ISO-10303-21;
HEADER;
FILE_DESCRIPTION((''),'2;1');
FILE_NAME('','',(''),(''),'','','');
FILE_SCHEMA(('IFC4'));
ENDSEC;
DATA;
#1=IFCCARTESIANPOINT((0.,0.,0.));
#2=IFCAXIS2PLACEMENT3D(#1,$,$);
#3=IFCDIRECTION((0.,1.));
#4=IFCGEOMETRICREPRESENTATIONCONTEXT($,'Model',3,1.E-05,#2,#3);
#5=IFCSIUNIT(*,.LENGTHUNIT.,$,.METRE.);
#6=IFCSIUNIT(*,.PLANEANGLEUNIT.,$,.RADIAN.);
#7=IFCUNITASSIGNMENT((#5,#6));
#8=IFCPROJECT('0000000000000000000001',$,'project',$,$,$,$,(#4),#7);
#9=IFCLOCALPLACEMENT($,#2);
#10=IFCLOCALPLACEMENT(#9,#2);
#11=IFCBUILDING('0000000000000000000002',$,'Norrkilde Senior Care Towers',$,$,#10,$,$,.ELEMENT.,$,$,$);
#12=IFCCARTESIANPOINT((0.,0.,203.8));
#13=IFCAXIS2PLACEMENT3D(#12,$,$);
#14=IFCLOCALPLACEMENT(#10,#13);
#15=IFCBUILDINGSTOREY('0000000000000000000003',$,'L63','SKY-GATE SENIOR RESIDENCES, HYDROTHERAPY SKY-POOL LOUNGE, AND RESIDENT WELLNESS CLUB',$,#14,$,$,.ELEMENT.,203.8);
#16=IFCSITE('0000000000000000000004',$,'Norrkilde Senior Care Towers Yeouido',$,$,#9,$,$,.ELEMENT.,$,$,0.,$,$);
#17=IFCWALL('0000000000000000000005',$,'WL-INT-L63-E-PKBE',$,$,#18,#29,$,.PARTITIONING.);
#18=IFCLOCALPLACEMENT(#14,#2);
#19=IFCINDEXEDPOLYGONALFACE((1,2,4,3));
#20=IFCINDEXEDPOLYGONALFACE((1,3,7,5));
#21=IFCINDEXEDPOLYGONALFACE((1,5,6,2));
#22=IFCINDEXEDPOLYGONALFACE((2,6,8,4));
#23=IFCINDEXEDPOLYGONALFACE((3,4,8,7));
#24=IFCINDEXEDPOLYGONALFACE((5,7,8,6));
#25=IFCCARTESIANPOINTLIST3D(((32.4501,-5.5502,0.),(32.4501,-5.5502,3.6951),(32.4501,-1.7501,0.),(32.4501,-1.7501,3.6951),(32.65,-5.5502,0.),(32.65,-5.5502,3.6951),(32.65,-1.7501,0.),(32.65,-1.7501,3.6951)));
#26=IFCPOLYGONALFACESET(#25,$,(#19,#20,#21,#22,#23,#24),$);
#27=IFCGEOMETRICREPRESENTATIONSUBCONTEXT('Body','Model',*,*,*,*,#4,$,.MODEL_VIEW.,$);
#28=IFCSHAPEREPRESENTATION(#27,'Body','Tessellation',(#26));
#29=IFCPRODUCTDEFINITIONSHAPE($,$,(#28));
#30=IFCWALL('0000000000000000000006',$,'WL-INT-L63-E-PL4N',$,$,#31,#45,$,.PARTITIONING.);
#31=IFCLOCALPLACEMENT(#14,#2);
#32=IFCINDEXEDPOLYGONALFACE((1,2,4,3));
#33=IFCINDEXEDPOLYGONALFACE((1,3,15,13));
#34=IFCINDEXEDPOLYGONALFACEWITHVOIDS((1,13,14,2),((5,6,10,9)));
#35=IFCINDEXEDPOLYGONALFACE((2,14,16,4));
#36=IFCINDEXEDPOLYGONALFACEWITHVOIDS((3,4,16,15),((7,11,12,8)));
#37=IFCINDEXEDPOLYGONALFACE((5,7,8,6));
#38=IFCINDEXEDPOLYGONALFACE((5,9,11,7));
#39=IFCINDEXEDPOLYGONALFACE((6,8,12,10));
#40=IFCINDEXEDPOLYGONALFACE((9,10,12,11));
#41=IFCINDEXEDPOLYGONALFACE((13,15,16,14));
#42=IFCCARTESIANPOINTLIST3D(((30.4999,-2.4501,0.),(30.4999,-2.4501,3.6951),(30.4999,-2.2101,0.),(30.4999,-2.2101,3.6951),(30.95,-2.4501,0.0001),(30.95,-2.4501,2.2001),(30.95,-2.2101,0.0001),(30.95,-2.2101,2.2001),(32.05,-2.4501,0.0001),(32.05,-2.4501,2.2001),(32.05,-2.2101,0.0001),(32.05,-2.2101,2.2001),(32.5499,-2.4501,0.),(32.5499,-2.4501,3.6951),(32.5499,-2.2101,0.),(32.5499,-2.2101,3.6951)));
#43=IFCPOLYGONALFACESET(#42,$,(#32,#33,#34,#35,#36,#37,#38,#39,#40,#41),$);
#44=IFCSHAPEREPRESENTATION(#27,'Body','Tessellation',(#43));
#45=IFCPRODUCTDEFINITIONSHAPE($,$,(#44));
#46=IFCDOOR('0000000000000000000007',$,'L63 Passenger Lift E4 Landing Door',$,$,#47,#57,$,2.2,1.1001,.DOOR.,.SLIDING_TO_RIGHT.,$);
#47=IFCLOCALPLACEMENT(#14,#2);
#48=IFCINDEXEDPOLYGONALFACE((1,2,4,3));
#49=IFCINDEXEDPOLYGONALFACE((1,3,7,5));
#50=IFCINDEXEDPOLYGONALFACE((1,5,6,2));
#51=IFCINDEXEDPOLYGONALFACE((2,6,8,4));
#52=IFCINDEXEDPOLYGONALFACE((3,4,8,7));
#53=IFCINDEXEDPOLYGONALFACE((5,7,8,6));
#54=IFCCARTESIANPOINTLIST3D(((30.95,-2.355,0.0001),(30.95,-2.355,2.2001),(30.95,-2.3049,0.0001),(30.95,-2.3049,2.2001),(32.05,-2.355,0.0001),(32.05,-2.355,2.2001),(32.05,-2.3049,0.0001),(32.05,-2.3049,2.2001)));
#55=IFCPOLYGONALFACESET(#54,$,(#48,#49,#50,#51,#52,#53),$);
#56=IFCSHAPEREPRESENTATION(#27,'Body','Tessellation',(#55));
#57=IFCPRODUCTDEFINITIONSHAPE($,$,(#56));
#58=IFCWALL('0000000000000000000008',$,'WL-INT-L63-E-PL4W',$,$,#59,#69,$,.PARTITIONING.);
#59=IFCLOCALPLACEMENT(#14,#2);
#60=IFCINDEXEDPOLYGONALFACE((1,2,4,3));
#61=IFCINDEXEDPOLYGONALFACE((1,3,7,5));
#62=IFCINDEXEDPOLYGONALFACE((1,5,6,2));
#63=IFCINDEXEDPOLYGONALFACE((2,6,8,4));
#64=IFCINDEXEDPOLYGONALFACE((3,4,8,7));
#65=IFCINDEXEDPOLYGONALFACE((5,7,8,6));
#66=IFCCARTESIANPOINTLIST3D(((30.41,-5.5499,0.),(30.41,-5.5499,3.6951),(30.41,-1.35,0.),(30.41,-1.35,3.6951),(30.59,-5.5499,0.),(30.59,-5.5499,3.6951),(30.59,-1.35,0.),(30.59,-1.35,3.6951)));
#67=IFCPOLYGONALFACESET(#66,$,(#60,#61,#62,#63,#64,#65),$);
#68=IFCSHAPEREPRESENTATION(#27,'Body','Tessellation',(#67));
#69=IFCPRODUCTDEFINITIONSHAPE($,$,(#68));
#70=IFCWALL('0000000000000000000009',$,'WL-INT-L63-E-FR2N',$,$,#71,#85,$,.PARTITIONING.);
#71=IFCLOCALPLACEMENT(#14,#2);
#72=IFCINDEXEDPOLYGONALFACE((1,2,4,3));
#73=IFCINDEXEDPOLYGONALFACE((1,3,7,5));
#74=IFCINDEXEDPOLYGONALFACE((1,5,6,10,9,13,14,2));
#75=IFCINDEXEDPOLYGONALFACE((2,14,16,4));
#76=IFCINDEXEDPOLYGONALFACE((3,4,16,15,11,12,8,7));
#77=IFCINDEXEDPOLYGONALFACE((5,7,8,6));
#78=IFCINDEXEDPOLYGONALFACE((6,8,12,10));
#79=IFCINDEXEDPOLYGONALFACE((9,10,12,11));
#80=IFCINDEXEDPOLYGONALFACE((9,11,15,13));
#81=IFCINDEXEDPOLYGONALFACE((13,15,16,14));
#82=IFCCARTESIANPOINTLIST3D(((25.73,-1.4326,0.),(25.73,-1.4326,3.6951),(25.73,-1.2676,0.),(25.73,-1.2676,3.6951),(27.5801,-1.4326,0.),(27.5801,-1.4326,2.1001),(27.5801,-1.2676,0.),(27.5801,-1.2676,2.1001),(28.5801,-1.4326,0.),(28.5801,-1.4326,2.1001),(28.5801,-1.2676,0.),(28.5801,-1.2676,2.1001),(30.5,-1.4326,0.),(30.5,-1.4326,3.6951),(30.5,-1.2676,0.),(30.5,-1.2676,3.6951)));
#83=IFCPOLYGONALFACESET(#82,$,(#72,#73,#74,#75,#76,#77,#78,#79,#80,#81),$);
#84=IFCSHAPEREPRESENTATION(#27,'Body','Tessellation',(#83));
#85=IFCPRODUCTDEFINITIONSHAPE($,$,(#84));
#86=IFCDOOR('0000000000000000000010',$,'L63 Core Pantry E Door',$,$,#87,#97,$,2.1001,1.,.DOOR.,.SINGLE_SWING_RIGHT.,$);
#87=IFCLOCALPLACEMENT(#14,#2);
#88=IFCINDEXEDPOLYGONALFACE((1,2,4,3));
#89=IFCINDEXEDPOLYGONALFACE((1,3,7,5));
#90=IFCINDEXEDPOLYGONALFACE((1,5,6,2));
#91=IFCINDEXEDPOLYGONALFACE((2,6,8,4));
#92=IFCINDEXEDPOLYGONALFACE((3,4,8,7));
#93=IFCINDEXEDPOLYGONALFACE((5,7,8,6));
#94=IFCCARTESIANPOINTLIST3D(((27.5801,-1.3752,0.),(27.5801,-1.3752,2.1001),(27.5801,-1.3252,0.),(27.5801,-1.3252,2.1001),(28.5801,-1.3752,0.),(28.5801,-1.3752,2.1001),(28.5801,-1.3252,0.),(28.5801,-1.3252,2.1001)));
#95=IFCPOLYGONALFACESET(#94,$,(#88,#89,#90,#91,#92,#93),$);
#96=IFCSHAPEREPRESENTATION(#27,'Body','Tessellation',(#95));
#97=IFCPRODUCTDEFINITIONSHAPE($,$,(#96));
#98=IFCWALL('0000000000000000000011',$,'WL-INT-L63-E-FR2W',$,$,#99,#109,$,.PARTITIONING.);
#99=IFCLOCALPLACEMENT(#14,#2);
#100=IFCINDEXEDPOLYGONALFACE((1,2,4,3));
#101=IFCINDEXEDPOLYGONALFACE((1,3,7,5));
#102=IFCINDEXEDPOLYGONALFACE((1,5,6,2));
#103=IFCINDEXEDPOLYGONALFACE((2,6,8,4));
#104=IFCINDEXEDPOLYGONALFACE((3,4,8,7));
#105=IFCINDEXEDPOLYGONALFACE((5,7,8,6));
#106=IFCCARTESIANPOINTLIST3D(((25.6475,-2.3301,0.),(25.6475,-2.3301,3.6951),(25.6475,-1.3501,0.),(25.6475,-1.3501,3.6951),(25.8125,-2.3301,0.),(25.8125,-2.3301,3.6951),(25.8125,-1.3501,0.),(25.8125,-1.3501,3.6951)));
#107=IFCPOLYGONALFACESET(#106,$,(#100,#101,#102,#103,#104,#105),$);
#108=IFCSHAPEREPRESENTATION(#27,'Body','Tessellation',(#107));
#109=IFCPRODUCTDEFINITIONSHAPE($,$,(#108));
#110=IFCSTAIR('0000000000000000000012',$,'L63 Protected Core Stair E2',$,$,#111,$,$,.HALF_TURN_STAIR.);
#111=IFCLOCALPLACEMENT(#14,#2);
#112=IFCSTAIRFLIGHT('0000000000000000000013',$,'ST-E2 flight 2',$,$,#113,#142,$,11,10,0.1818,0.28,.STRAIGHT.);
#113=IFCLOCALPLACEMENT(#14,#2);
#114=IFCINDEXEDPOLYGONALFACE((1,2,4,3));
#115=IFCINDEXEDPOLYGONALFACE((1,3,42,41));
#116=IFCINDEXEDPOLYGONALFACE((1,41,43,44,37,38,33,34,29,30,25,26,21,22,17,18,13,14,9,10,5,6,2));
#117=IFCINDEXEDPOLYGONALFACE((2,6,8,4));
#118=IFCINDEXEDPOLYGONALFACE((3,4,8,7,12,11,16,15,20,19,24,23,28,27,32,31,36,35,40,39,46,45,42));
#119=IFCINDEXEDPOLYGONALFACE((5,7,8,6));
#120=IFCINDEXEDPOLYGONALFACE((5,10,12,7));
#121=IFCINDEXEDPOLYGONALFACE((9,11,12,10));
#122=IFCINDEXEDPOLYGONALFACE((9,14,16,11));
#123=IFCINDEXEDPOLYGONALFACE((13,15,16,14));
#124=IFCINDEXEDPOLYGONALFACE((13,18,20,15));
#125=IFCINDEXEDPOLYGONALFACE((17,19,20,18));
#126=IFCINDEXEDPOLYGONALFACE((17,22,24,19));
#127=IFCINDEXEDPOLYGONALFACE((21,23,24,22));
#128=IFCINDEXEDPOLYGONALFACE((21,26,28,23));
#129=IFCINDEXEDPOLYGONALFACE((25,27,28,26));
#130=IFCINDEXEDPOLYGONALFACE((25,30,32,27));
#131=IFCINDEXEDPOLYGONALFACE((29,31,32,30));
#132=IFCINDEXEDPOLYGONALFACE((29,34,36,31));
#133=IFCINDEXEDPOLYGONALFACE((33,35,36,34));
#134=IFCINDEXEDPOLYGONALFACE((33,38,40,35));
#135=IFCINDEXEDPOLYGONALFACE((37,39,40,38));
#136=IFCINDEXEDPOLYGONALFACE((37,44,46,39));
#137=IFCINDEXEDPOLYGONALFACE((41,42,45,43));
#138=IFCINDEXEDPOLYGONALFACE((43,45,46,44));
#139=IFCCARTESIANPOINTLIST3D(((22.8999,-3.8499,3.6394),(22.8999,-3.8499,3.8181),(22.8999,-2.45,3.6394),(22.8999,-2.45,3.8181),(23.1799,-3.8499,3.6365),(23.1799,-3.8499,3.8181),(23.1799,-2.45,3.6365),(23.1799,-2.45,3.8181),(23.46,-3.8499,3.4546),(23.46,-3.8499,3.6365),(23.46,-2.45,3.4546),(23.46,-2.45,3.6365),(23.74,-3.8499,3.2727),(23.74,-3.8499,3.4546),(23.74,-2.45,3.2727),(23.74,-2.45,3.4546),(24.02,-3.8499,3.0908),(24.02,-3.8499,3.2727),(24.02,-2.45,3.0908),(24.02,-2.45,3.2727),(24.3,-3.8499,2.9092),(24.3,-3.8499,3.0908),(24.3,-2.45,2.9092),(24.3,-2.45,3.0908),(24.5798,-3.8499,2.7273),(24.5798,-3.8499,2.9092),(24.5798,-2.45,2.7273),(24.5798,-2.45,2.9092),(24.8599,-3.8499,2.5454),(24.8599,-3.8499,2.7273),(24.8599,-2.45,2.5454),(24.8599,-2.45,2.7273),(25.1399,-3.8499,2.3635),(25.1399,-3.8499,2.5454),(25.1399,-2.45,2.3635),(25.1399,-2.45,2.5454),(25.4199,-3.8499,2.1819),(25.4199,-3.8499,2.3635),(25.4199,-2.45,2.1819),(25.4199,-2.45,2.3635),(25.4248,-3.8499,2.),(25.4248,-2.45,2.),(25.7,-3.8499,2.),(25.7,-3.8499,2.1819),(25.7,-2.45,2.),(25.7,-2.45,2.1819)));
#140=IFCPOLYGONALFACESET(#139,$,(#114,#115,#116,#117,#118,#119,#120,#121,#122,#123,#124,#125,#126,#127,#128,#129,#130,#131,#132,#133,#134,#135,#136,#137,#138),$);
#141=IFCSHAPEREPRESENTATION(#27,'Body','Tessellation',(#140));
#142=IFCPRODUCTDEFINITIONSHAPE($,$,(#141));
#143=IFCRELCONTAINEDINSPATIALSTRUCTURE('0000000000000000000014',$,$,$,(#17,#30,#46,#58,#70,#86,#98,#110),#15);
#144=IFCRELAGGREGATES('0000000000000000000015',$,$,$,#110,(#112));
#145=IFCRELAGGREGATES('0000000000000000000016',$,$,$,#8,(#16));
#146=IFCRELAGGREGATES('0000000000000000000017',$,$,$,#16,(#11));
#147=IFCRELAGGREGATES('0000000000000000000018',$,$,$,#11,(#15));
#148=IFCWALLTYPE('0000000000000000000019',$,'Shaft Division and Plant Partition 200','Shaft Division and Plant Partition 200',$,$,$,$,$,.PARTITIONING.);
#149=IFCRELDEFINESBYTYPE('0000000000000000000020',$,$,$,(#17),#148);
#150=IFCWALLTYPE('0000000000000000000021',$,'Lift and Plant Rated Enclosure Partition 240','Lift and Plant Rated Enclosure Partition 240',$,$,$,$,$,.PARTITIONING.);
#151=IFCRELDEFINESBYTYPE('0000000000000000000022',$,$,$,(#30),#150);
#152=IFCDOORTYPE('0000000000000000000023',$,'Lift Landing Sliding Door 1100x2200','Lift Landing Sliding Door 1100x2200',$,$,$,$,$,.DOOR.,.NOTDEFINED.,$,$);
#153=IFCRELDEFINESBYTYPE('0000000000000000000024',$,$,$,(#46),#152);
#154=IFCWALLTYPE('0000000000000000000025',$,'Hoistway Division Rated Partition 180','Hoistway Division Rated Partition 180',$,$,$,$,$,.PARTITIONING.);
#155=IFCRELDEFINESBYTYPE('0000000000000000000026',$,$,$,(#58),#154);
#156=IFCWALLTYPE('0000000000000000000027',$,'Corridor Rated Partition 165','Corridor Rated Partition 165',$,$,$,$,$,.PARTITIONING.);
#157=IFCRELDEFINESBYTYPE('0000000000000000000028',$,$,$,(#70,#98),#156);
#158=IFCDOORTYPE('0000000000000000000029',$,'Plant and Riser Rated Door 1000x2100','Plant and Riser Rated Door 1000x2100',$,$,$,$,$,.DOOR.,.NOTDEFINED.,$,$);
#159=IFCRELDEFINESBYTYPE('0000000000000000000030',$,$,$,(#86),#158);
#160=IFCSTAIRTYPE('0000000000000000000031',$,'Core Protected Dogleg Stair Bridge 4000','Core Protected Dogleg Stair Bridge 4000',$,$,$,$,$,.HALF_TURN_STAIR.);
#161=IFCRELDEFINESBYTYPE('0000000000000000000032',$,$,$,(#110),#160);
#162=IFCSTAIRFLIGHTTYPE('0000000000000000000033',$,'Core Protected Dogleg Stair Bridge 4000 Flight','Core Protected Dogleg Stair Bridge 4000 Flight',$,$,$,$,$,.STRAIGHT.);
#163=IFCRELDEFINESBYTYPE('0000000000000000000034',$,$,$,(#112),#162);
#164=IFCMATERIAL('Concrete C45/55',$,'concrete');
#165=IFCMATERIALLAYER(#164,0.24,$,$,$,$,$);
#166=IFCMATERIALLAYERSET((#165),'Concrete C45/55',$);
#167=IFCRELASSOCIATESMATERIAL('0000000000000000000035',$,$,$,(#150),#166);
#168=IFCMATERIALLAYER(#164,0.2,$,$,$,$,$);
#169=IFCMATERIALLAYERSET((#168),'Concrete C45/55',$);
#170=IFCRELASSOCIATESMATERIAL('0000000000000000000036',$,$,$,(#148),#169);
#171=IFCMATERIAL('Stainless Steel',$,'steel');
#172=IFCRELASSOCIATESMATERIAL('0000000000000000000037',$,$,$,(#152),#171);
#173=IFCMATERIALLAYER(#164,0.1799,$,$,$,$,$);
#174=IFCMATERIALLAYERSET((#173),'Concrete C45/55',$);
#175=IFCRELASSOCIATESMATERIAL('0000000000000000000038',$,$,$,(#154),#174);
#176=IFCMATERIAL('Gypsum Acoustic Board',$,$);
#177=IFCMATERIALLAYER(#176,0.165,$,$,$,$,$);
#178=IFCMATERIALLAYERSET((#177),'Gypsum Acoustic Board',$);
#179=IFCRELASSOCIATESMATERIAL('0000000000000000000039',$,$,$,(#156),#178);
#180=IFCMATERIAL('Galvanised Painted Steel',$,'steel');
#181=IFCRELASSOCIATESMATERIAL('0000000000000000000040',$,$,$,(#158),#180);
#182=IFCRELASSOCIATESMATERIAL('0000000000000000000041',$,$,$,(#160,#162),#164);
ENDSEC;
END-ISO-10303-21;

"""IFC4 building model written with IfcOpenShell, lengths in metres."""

from ifc_helpers import new_model, si_unit, direction, frame, frame_2d, origin, place, context, subcontext, project, spatial, polyline, rectangle, outline, extrude, source, transform, mapped, material, layer, layer_set, type_object, type_shapes, element, fill, aggregate, save


model = new_model("IFC4")

# Units and contexts
model_context = context("Model", 3, precision=1e-05, world=origin(), true_north=direction((0.0, 1.0)))
body_context = subcontext(model_context, "Body", "Model", "MODEL_VIEW")
ifc_project = project(units=[si_unit("LENGTHUNIT", "METRE"), si_unit("PLANEANGLEUNIT", "RADIAN")], contexts=[model_context])

# Site, building, storey
site_placement = place(None, origin())
site = spatial("IfcSite", under=ifc_project, at=site_placement, Name="Norrkilde Senior Care Towers Yeouido", CompositionType="ELEMENT", RefElevation=0.0)
building_placement = place(site_placement, origin())
building = spatial("IfcBuilding", under=site, at=building_placement, Name="Norrkilde Senior Care Towers", CompositionType="ELEMENT")
storey_placement = place(building_placement, frame((0.0, 0.0, 203.8)))
storey = spatial("IfcBuildingStorey", under=building, at=storey_placement, Name="L63", Description="SKY-GATE SENIOR RESIDENCES, HYDROTHERAPY SKY-POOL LOUNGE, AND RESIDENT WELLNESS CLUB", CompositionType="ELEMENT", Elevation=203.8)

# Shared definitions
ifc_material_1 = material(Name="Concrete C45/55", Category="concrete")

# Shared definitions
ifc_layer_1 = layer(ifc_material_1, 0.24)
ifc_layer_set_1 = layer_set([ifc_layer_1], Name="Concrete C45/55")
wall_type_1 = type_object("IfcWallType", Name="Lift and Plant Rated Enclosure Partition 240", Description="Lift and Plant Rated Enclosure Partition 240", PredefinedType="PARTITIONING", material=ifc_layer_set_1)
ifc_material_2 = material(Name="Stainless Steel", Category="steel")

# Shared definitions
ifc_material_3 = material(Name="Galvanised Painted Steel", Category="steel")

# Wall
ifc_material_4 = material(Name="Gypsum Acoustic Board")
ifc_layer_2 = layer(ifc_material_1, 0.2)
ifc_layer_set_2 = layer_set([ifc_layer_2], Name="Concrete C45/55")
wall_type_2 = type_object("IfcWallType", Name="Shaft Division and Plant Partition 200", Description="Shaft Division and Plant Partition 200", PredefinedType="PARTITIONING", material=ifc_layer_set_2)
shared_shape_1 = source(origin(), body_context, "Body", "SweptSolid", [
    extrude(rectangle(XDim=3.8, YDim=0.2, at=frame_2d((1.8999, 0.0))), origin(), (0.0, 0.0, 1.0), 3.6951),
])
type_shapes(wall_type_2, [shared_shape_1])
wall_1_placement = place(storey_placement, frame((32.55, -5.55, 0.0), z_axis=(0.0, 0.0, 1.0), x_axis=(0.0, 1.0, 0.0)))
element("IfcWall", 1, at=wall_1_placement, inside=storey, type_object=wall_type_2, Name="WL-INT-L63-E-PKBE", PredefinedType="PARTITIONING", context=body_context, shape_type="MappedRepresentation", body=[
    mapped(shared_shape_1, transform((0.0, 0.0, 0.0), x_axis=(1.0, 0.0, 0.0), y_axis=(0.0, 1.0, 0.0), z_axis=(0.0, 0.0, 1.0), scale=1.0)),
])

# Wall, opening, door
shared_shape_2 = source(origin(), body_context, "Body", "SweptSolid", [
    extrude(rectangle(XDim=2.05, YDim=0.24, at=frame_2d((1.0249, 0.0))), origin(), (0.0, 0.0, 1.0), 3.6951),
])
wall_2_placement = place(storey_placement, frame((30.5, -2.3301, 0.0), z_axis=(0.0, 0.0, 1.0), x_axis=(1.0, 0.0, 0.0)))
wall_2 = element("IfcWall", 2, at=wall_2_placement, inside=storey, type_object=wall_type_1, Name="WL-INT-L63-E-PL4N", PredefinedType="PARTITIONING", context=body_context, shape_type="MappedRepresentation", body=[
    mapped(shared_shape_2, transform((0.0, 0.0, 0.0), x_axis=(1.0, 0.0, 0.0), y_axis=(0.0, 1.0, 0.0), z_axis=(0.0, 0.0, 1.0), scale=1.0)),
])
opening_1_placement = place(wall_2_placement, frame((0.45, 0.0, 0.0)))
opening_1 = element("IfcOpeningElement", 3, at=opening_1_placement, cuts=wall_2, PredefinedType="OPENING", context=body_context, shape_type="SweptSolid", body=[
    extrude(rectangle(XDim=1.1001, YDim=2.2, at=frame_2d((0.55, 1.1001))), frame((0.0, 0.1299, 0.0), z_axis=(0.0, -1.0, 0.0), x_axis=(1.0, 0.0, 0.0)), (0.0, 0.0, 1.0), 0.26),
])
door_type_1 = type_object("IfcDoorType", Name="Lift Landing Sliding Door 1100x2200", Description="Lift Landing Sliding Door 1100x2200", OperationType="NOTDEFINED", PredefinedType="DOOR", material=ifc_material_2)
shared_shape_3 = source(origin(), body_context, "Body", "SweptSolid", [
    extrude(rectangle(XDim=1.1001, YDim=2.2, at=frame_2d((0.55, 1.1001))), frame((0.0, 0.0249, 0.0), z_axis=(0.0, -1.0, 0.0), x_axis=(1.0, 0.0, 0.0)), (0.0, 0.0, 1.0), 0.05),
])
type_shapes(door_type_1, [shared_shape_3])
door_1_placement = place(opening_1_placement, frame((1.1001, 0.0, 0.0), z_axis=(0.0, 0.0, 1.0), x_axis=(-1.0, 0.0, 0.0)))
door_1 = element("IfcDoor", 4, at=door_1_placement, inside=storey, type_object=door_type_1, Name="L63 Passenger Lift E4 Landing Door", OperationType="SLIDING_TO_RIGHT", OverallHeight=2.2, OverallWidth=1.1001, PredefinedType="DOOR", context=body_context, shape_type="MappedRepresentation", body=[
    mapped(shared_shape_3, transform((0.0, 0.0, 0.0), x_axis=(1.0, 0.0, 0.0), y_axis=(0.0, 1.0, 0.0), z_axis=(0.0, 0.0, 1.0), scale=1.0)),
])
fill(opening_1, door_1)

# Wall
ifc_layer_3 = layer(ifc_material_1, 0.1799)
ifc_layer_set_3 = layer_set([ifc_layer_3], Name="Concrete C45/55")
wall_type_3 = type_object("IfcWallType", Name="Hoistway Division Rated Partition 180", Description="Hoistway Division Rated Partition 180", PredefinedType="PARTITIONING", material=ifc_layer_set_3)
shared_shape_4 = source(origin(), body_context, "Body", "SweptSolid", [
    extrude(rectangle(XDim=4.2, YDim=0.1799, at=frame_2d((2.1001, 0.0))), origin(), (0.0, 0.0, 1.0), 3.6951),
])
type_shapes(wall_type_3, [shared_shape_4])
wall_3_placement = place(storey_placement, frame((30.5, -5.55, 0.0), z_axis=(0.0, 0.0, 1.0), x_axis=(0.0, 1.0, 0.0)))
element("IfcWall", 5, at=wall_3_placement, inside=storey, type_object=wall_type_3, Name="WL-INT-L63-E-PL4W", PredefinedType="PARTITIONING", context=body_context, shape_type="MappedRepresentation", body=[
    mapped(shared_shape_4, transform((0.0, 0.0, 0.0), x_axis=(1.0, 0.0, 0.0), y_axis=(0.0, 1.0, 0.0), z_axis=(0.0, 0.0, 1.0), scale=1.0)),
])

# Wall, opening, door
ifc_layer_4 = layer(ifc_material_4, 0.165)
ifc_layer_set_4 = layer_set([ifc_layer_4], Name="Gypsum Acoustic Board")
wall_type_4 = type_object("IfcWallType", Name="Corridor Rated Partition 165", Description="Corridor Rated Partition 165", PredefinedType="PARTITIONING", material=ifc_layer_set_4)
shared_shape_5 = source(origin(), body_context, "Body", "SweptSolid", [
    extrude(rectangle(XDim=4.77, YDim=0.165, at=frame_2d((2.385, 0.0))), origin(), (0.0, 0.0, 1.0), 3.6951),
])
wall_4_placement = place(storey_placement, frame((25.73, -1.3501, 0.0), z_axis=(0.0, 0.0, 1.0), x_axis=(1.0, 0.0, 0.0)))
wall_4 = element("IfcWall", 6, at=wall_4_placement, inside=storey, type_object=wall_type_4, Name="WL-INT-L63-E-FR2N", PredefinedType="PARTITIONING", context=body_context, shape_type="MappedRepresentation", body=[
    mapped(shared_shape_5, transform((0.0, 0.0, 0.0), x_axis=(1.0, 0.0, 0.0), y_axis=(0.0, 1.0, 0.0), z_axis=(0.0, 0.0, 1.0), scale=1.0)),
])
opening_2_placement = place(wall_4_placement, frame((1.8501, 0.0, 0.0)))
opening_2 = element("IfcOpeningElement", 7, at=opening_2_placement, cuts=wall_4, PredefinedType="OPENING", context=body_context, shape_type="SweptSolid", body=[
    extrude(rectangle(XDim=1.0, YDim=2.1001, at=frame_2d((0.5, 1.05))), frame((0.0, 0.0925, 0.0), z_axis=(0.0, -1.0, 0.0), x_axis=(1.0, 0.0, 0.0)), (0.0, 0.0, 1.0), 0.1851),
])
door_type_2 = type_object("IfcDoorType", Name="Plant and Riser Rated Door 1000x2100", Description="Plant and Riser Rated Door 1000x2100", OperationType="NOTDEFINED", PredefinedType="DOOR", material=ifc_material_3)
shared_shape_6 = source(origin(), body_context, "Body", "SweptSolid", [
    extrude(rectangle(XDim=1.0, YDim=2.1001, at=frame_2d((0.5, 1.05))), frame((0.0, 0.0249, 0.0), z_axis=(0.0, -1.0, 0.0), x_axis=(1.0, 0.0, 0.0)), (0.0, 0.0, 1.0), 0.05),
])
type_shapes(door_type_2, [shared_shape_6])
door_2_placement = place(opening_2_placement, origin())
door_2 = element("IfcDoor", 8, at=door_2_placement, inside=storey, type_object=door_type_2, Name="L63 Core Pantry E Door", OperationType="SINGLE_SWING_RIGHT", OverallHeight=2.1001, OverallWidth=1.0, PredefinedType="DOOR", context=body_context, shape_type="MappedRepresentation", body=[
    mapped(shared_shape_6, transform((0.0, 0.0, 0.0), x_axis=(1.0, 0.0, 0.0), y_axis=(0.0, 1.0, 0.0), z_axis=(0.0, 0.0, 1.0), scale=1.0)),
])
fill(opening_2, door_2)

# Wall
shared_shape_7 = source(origin(), body_context, "Body", "SweptSolid", [
    extrude(rectangle(XDim=0.98, YDim=0.165, at=frame_2d((0.49, 0.0))), origin(), (0.0, 0.0, 1.0), 3.6951),
])
type_shapes(wall_type_4, [shared_shape_5, shared_shape_7])
wall_5_placement = place(storey_placement, frame((25.73, -2.3301, 0.0), z_axis=(0.0, 0.0, 1.0), x_axis=(0.0, 1.0, 0.0)))
element("IfcWall", 9, at=wall_5_placement, inside=storey, type_object=wall_type_4, Name="WL-INT-L63-E-FR2W", PredefinedType="PARTITIONING", context=body_context, shape_type="MappedRepresentation", body=[
    mapped(shared_shape_7, transform((0.0, 0.0, 0.0), x_axis=(1.0, 0.0, 0.0), y_axis=(0.0, 1.0, 0.0), z_axis=(0.0, 0.0, 1.0), scale=1.0)),
])

# Stair, stair flight
stair_type = type_object("IfcStairType", Name="Core Protected Dogleg Stair Bridge 4000", Description="Core Protected Dogleg Stair Bridge 4000", PredefinedType="HALF_TURN_STAIR", material=ifc_material_1)
stair_placement = place(storey_placement, origin())
stair = element("IfcStair", 10, at=stair_placement, inside=storey, type_object=stair_type, Name="L63 Protected Core Stair E2", PredefinedType="HALF_TURN_STAIR")
stair_flight_type = type_object("IfcStairFlightType", Name="Core Protected Dogleg Stair Bridge 4000 Flight", Description="Core Protected Dogleg Stair Bridge 4000 Flight", PredefinedType="STRAIGHT", material=ifc_material_1)
stair_flight_placement = place(storey_placement, frame((25.7, -3.1499, 2.0), z_axis=(0.0, 0.0, 1.0), x_axis=(-1.0, 0.0, 0.0)))
stair_flight = element("IfcStairFlight", 11, at=stair_flight_placement, type_object=stair_flight_type, Name="ST-E2 flight 2", NumberOfRisers=11, NumberOfTreads=10, PredefinedType="STRAIGHT", RiserHeight=0.1818, TreadLength=0.28, context=body_context, shape_type="SweptSolid", body=[
    extrude(outline(polyline([(0.0, 0.0), (0.0, 0.1819), (0.28, 0.1819), (0.28, 0.3635), (0.5601, 0.3635), (0.5601, 0.5454), (0.8401, 0.5454), (0.8401, 0.7273), (1.1201, 0.7273), (1.1201, 0.9092), (1.3999, 0.9092), (1.3999, 1.0908), (1.6799, 1.0908), (1.6799, 1.2727), (1.96, 1.2727), (1.96, 1.4546), (2.24, 1.4546), (2.24, 1.6365), (2.52, 1.6365), (2.52, 1.8181), (2.8, 1.8181), (2.8, 2.0), (2.8, 1.6394), (0.2751, 0.0), (0.0, 0.0)])), frame((0.0, 0.7, 0.0), z_axis=(0.0, -1.0, 0.0), x_axis=(1.0, 0.0, 0.0)), (0.0, 0.0, 1.0), 1.3999),
])
aggregate(stair, [stair_flight])

save(model, "model.ifc")
